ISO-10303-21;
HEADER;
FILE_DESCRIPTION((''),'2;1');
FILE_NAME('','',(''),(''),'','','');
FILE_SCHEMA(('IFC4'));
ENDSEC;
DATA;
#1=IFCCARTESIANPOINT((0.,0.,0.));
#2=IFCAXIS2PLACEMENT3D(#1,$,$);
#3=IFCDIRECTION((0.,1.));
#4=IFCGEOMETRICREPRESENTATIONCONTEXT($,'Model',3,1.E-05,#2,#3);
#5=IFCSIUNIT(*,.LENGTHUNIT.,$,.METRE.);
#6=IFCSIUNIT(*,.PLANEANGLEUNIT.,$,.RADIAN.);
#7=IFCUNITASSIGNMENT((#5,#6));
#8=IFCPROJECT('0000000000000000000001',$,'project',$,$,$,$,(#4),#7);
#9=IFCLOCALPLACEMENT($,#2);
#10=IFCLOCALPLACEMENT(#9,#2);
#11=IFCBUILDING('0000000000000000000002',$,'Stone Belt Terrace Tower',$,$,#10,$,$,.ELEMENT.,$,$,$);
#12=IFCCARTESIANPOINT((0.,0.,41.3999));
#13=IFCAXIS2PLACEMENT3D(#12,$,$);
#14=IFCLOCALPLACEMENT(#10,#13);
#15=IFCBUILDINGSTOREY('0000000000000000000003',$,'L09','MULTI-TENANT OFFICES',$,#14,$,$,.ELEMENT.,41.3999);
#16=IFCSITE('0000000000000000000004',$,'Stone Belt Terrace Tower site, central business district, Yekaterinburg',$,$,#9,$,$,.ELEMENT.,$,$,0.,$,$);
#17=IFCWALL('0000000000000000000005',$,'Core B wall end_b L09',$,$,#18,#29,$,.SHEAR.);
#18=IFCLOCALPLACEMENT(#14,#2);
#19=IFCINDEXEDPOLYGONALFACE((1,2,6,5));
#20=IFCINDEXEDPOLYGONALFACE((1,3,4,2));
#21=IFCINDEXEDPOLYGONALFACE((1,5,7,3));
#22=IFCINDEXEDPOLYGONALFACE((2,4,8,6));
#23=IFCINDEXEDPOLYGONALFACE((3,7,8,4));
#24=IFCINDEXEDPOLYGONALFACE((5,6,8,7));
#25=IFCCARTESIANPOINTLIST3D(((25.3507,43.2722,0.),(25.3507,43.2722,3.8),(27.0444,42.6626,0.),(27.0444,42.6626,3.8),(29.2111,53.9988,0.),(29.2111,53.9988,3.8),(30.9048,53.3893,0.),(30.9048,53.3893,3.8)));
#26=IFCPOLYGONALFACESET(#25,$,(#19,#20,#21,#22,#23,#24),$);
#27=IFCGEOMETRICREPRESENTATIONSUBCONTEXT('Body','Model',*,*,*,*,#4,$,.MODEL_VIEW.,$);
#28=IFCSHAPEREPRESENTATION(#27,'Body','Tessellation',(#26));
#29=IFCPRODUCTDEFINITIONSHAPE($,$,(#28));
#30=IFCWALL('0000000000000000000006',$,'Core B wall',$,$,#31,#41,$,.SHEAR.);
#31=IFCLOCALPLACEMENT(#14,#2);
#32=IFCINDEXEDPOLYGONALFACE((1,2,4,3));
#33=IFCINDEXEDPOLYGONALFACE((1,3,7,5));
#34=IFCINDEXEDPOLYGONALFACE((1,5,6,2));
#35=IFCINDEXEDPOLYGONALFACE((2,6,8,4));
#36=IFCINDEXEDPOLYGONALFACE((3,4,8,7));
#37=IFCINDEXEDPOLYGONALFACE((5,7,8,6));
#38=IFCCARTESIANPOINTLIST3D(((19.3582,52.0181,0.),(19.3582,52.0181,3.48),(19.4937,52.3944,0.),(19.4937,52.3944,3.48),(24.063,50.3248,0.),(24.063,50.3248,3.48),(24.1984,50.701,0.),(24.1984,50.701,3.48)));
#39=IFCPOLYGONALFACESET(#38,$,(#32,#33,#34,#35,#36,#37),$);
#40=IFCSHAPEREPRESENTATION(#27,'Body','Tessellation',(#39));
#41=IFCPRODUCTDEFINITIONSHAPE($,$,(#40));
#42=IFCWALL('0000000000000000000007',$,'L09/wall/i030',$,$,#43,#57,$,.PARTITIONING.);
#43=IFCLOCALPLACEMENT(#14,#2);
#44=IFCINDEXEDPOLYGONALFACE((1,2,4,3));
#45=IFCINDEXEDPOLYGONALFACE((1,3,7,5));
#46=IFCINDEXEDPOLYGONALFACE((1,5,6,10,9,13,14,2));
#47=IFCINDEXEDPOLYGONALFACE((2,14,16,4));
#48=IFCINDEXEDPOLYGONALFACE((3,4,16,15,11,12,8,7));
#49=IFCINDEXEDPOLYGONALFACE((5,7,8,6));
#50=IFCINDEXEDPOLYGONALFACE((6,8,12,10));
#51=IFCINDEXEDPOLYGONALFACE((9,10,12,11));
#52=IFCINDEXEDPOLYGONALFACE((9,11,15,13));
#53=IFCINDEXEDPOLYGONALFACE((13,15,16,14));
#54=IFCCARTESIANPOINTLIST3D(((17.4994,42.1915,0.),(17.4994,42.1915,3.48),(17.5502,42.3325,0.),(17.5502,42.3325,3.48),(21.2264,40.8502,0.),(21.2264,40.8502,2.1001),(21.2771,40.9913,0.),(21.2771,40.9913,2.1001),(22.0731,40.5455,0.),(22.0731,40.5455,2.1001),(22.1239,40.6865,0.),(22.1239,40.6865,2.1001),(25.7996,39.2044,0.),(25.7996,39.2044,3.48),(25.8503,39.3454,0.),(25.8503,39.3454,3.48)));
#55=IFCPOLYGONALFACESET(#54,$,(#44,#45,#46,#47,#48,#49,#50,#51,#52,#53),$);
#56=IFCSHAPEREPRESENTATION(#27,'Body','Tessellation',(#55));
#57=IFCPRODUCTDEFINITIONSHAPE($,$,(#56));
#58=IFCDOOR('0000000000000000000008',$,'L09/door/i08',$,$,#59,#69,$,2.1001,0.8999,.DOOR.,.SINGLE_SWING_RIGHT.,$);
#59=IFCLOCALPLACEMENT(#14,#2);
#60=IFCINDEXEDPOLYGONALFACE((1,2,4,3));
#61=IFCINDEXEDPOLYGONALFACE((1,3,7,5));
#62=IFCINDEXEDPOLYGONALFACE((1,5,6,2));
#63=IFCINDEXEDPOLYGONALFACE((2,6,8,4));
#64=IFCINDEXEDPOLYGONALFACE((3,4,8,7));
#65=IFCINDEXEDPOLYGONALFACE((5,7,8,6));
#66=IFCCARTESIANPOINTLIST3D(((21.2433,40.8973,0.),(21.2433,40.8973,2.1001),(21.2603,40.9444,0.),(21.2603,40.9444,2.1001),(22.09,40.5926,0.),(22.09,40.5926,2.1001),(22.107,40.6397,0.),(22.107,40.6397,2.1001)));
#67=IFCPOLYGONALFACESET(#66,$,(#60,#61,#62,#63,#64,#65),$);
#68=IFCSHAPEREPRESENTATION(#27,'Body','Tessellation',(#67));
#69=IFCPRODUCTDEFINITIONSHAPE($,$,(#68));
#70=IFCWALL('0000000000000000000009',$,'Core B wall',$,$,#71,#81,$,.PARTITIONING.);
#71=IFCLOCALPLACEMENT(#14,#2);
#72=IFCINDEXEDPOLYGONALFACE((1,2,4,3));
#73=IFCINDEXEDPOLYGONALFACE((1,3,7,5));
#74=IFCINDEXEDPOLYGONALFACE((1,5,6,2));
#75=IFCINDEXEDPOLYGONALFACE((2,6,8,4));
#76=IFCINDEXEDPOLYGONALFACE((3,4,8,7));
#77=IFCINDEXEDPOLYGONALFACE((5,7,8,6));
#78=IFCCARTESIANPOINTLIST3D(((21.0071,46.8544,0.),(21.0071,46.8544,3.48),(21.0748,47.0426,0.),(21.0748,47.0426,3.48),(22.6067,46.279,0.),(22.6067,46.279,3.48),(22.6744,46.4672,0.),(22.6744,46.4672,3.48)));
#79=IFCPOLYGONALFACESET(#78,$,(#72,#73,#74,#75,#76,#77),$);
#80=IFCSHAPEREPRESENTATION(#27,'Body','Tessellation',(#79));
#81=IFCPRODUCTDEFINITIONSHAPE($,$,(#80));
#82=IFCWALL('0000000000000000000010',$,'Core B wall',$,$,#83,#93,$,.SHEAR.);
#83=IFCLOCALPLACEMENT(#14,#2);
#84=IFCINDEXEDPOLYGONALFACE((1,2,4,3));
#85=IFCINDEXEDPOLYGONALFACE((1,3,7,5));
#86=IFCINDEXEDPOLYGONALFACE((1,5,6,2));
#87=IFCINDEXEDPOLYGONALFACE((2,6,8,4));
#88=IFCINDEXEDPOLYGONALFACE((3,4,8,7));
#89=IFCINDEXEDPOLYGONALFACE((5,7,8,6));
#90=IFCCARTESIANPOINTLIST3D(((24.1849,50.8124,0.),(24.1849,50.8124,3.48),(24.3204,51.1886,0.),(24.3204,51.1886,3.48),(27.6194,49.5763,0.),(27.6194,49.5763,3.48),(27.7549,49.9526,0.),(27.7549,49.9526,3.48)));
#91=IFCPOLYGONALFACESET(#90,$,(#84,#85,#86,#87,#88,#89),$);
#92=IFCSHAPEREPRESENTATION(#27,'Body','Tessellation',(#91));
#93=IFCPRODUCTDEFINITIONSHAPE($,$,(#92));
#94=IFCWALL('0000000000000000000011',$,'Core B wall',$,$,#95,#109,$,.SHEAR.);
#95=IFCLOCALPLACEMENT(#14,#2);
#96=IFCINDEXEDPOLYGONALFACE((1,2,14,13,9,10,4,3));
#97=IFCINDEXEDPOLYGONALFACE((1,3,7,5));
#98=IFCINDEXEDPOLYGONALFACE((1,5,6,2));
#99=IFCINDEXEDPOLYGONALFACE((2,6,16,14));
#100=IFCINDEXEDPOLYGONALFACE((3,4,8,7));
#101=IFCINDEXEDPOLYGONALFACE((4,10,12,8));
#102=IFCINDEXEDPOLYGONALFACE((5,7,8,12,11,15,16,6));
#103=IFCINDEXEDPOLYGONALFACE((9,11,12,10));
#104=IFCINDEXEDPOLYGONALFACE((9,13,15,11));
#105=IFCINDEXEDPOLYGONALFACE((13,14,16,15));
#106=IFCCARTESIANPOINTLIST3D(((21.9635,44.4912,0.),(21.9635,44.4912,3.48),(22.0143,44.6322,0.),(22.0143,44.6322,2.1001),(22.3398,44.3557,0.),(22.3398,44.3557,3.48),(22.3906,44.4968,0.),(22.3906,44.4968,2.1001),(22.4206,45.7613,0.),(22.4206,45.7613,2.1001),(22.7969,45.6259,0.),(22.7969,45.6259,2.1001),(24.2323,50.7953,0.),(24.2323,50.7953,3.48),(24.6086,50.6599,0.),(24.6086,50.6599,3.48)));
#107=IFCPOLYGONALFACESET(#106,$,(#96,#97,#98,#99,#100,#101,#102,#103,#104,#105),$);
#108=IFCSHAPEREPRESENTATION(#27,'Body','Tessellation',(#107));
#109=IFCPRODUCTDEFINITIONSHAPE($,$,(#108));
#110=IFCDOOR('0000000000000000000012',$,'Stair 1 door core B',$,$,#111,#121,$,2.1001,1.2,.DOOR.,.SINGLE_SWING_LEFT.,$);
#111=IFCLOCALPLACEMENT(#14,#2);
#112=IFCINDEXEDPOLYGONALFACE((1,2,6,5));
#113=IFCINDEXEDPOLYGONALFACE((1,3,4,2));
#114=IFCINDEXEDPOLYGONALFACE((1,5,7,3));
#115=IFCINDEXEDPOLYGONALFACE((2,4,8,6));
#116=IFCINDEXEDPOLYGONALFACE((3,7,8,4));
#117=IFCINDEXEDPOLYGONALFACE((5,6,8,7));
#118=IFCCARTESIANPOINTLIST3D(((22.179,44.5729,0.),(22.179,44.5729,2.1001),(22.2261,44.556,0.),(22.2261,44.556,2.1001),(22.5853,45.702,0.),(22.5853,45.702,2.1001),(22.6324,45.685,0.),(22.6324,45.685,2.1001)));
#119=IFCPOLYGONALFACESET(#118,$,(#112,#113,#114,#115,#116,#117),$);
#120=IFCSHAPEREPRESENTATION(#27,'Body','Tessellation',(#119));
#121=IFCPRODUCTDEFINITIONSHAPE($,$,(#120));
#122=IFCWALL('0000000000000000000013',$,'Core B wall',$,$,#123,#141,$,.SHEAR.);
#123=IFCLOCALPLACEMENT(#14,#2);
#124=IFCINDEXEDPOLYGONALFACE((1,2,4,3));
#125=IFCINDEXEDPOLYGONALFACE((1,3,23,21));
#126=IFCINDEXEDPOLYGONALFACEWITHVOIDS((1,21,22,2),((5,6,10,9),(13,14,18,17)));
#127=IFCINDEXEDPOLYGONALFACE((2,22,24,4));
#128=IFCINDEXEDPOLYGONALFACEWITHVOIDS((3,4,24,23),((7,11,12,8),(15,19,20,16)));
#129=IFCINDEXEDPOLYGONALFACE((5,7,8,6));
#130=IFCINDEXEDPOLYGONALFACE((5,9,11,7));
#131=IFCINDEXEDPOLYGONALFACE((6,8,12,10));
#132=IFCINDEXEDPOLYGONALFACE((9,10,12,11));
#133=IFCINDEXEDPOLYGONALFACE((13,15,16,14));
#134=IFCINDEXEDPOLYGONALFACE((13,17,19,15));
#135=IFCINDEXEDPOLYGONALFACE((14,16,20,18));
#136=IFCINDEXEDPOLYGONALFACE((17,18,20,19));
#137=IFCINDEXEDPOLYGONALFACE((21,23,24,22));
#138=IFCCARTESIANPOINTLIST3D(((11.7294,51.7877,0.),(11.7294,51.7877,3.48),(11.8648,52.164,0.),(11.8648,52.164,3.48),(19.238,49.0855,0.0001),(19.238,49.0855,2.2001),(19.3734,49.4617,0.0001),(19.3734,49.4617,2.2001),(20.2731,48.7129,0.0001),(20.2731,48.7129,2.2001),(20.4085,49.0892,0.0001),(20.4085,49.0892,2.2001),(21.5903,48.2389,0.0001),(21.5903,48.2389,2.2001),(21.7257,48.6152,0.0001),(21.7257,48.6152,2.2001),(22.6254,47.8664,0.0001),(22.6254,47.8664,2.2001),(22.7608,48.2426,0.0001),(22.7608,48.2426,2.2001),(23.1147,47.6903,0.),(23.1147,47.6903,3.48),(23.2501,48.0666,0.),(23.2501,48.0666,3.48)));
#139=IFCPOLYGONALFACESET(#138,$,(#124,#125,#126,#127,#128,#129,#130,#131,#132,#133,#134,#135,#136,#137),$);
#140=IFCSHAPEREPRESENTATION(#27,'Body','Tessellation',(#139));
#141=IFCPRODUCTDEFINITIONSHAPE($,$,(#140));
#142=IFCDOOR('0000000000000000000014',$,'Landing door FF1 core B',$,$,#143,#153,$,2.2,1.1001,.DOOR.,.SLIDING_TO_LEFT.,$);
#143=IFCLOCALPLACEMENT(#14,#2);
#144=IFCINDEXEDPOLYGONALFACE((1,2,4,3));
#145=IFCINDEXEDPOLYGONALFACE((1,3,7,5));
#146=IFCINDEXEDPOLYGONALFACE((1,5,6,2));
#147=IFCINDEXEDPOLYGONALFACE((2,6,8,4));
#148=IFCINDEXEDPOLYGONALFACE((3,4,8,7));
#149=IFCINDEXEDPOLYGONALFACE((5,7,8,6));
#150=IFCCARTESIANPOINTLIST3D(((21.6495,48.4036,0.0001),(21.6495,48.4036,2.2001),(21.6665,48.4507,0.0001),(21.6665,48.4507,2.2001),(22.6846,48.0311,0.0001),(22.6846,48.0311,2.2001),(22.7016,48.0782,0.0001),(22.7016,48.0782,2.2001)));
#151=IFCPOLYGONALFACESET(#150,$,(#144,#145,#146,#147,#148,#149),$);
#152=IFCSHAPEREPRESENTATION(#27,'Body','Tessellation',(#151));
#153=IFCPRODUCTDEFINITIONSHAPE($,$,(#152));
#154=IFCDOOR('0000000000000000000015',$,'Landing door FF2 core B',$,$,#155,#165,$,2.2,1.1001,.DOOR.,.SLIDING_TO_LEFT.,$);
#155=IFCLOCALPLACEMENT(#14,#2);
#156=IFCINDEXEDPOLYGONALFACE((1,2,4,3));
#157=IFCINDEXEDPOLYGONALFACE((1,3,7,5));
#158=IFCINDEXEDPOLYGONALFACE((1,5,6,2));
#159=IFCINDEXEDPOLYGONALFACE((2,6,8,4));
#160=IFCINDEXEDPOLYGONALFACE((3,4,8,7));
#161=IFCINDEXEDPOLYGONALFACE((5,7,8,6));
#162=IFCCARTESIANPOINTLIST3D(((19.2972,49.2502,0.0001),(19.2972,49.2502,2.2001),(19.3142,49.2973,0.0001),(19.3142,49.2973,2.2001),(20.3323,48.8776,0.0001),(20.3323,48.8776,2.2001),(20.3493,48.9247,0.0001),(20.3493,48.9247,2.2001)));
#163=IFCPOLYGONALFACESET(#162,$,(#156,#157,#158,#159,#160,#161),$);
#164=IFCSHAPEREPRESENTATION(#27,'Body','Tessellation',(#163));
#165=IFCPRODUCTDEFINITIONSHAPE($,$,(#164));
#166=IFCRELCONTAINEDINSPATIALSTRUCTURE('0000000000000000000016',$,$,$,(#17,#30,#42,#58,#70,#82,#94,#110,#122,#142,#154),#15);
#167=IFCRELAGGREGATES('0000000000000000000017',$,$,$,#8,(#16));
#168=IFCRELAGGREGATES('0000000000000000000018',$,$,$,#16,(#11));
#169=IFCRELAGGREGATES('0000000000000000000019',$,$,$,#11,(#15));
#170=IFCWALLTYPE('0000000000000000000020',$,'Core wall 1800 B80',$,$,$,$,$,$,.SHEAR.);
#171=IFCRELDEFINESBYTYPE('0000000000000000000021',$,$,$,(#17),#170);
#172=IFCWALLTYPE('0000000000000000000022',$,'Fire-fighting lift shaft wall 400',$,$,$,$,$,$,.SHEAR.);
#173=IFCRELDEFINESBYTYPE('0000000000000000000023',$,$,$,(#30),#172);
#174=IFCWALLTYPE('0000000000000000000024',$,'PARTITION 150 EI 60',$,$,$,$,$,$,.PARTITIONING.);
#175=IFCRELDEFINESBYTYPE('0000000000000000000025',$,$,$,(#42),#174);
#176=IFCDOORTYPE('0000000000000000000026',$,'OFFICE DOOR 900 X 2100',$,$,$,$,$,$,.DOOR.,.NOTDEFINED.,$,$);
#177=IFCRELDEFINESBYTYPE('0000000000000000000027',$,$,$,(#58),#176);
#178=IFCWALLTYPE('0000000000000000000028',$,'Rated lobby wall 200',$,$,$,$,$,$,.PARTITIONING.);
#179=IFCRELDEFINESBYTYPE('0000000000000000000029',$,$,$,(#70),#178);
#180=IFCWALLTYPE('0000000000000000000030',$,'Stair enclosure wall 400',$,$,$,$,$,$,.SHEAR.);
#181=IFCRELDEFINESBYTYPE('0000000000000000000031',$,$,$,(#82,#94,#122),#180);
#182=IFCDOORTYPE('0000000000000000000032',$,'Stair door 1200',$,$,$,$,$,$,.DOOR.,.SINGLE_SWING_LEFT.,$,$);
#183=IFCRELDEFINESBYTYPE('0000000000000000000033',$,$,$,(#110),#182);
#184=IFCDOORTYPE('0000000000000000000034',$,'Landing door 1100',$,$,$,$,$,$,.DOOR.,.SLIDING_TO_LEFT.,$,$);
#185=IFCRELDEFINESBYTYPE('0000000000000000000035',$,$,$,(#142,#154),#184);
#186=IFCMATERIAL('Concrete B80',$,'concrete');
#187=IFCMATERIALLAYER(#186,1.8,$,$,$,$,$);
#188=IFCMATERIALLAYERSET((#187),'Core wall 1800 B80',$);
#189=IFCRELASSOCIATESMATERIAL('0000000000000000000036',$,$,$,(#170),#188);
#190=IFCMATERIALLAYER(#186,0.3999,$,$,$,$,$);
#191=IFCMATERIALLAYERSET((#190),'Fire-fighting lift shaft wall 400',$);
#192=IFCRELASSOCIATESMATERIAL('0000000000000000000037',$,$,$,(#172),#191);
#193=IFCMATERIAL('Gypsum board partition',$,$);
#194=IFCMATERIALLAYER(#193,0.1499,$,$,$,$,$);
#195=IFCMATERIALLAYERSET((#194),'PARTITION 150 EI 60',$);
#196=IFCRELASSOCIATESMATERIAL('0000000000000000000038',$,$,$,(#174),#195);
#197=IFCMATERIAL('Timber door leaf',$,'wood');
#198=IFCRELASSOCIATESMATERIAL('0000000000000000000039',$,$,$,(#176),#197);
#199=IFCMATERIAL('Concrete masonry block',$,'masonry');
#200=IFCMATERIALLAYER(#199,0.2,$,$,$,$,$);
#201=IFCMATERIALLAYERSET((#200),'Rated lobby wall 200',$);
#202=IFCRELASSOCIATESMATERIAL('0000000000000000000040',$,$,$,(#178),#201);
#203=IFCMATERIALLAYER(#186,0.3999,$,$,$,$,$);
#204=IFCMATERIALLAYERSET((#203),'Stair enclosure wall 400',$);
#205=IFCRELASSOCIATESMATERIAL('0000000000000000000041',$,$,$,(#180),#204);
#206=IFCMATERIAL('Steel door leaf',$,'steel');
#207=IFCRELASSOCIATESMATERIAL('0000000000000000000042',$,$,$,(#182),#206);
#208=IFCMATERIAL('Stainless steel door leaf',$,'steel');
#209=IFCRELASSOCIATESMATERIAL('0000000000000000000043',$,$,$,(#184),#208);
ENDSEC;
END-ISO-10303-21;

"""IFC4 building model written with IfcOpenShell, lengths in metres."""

from ifc_helpers import new_model, si_unit, direction, frame, frame_2d, origin, place, context, subcontext, project, spatial, rectangle, extrude, material, layer, layer_set, type_object, element, fill, save


model = new_model("IFC4")

# Units and contexts
model_context = context("Model", 3, precision=1e-05, world=origin(), true_north=direction((0.0, 1.0)))
body_context = subcontext(model_context, "Body", "Model", "MODEL_VIEW")
ifc_project = project(units=[si_unit("LENGTHUNIT", "METRE"), si_unit("PLANEANGLEUNIT", "RADIAN")], contexts=[model_context])

# Site, building, storey
site_placement = place(None, origin())
site = spatial("IfcSite", under=ifc_project, at=site_placement, Name="Stone Belt Terrace Tower site, central business district, Yekaterinburg", CompositionType="ELEMENT", RefElevation=0.0)
building_placement = place(site_placement, origin())
building = spatial("IfcBuilding", under=site, at=building_placement, Name="Stone Belt Terrace Tower", CompositionType="ELEMENT")
storey_placement = place(building_placement, frame((0.0, 0.0, 41.3999)))
storey = spatial("IfcBuildingStorey", under=building, at=storey_placement, Name="L09", Description="MULTI-TENANT OFFICES", CompositionType="ELEMENT", Elevation=41.3999)

# Walls
ifc_material_1 = material(Name="Concrete B80", Category="concrete")
ifc_layer_1 = layer(ifc_material_1, 1.8)
ifc_layer_set_1 = layer_set([ifc_layer_1], Name="Core wall 1800 B80")
wall_type_1 = type_object("IfcWallType", Name="Core wall 1800 B80", PredefinedType="SHEAR", material=ifc_layer_set_1)
wall_1_placement = place(storey_placement, frame((26.1975, 42.9673, 0.0), z_axis=(0.0, 0.0, 1.0), x_axis=(0.338625, 0.940921, 0.0)))
element("IfcWall", 1, at=wall_1_placement, inside=storey, type_object=wall_type_1, Name="Core B wall end_b L09", PredefinedType="SHEAR", context=body_context, shape_type="SweptSolid", body=[
    extrude(rectangle(XDim=11.4001, YDim=1.8, at=frame_2d((5.7002, 0.0))), origin(), (0.0, 0.0, 1.0), 3.8),
])
ifc_layer_2 = layer(ifc_material_1, 0.3999)
ifc_layer_set_2 = layer_set([ifc_layer_2], Name="Fire-fighting lift shaft wall 400")
wall_type_2 = type_object("IfcWallType", Name="Fire-fighting lift shaft wall 400", PredefinedType="SHEAR", material=ifc_layer_set_2)
wall_2_placement = place(storey_placement, frame((24.1306, 50.5129, 0.0), z_axis=(0.0, 0.0, 1.0), x_axis=(-0.940912, 0.338652, 0.0)))
element("IfcWall", 2, at=wall_2_placement, inside=storey, type_object=wall_type_2, Name="Core B wall", PredefinedType="SHEAR", context=body_context, shape_type="SweptSolid", body=[
    extrude(rectangle(XDim=5.0002, YDim=0.3999, at=frame_2d((2.5, 0.0))), origin(), (0.0, 0.0, 1.0), 3.48),
])

# Wall, opening, door
ifc_material_2 = material(Name="Gypsum board partition")
ifc_layer_3 = layer(ifc_material_2, 0.1499)
ifc_layer_set_3 = layer_set([ifc_layer_3], Name="PARTITION 150 EI 60")
wall_type_3 = type_object("IfcWallType", Name="PARTITION 150 EI 60", PredefinedType="PARTITIONING", material=ifc_layer_set_3)
wall_3_placement = place(storey_placement, frame((25.825, 39.2749, 0.0), z_axis=(0.0, 0.0, 1.0), x_axis=(-0.940922, 0.338623, 0.0)))
wall_3 = element("IfcWall", 3, at=wall_3_placement, inside=storey, type_object=wall_type_3, Name="L09/wall/i030", PredefinedType="PARTITIONING", context=body_context, shape_type="SweptSolid", body=[
    extrude(rectangle(XDim=8.8213, YDim=0.1499, at=frame_2d((4.4106, 0.0))), origin(), (0.0, 0.0, 1.0), 3.48),
])
opening_1_placement = place(wall_3_placement, frame((3.9604, 0.0, 0.0)))
opening_1 = element("IfcOpeningElement", 4, at=opening_1_placement, cuts=wall_3, PredefinedType="OPENING", context=body_context, shape_type="SweptSolid", body=[
    extrude(rectangle(XDim=0.8999, YDim=2.1001, at=frame_2d((0.45, 1.05))), frame((0.0, 0.085, 0.0), z_axis=(0.0, -1.0, 0.0), x_axis=(1.0, 0.0, 0.0)), (0.0, 0.0, 1.0), 0.1699),
])
ifc_material_3 = material(Name="Timber door leaf", Category="wood")
door_type_1 = type_object("IfcDoorType", Name="OFFICE DOOR 900 X 2100", OperationType="NOTDEFINED", PredefinedType="DOOR", material=ifc_material_3)
door_1_placement = place(opening_1_placement, origin())
door_1 = element("IfcDoor", 5, at=door_1_placement, inside=storey, type_object=door_type_1, Name="L09/door/i08", OperationType="SINGLE_SWING_RIGHT", OverallHeight=2.1001, OverallWidth=0.8999, PredefinedType="DOOR", context=body_context, shape_type="SweptSolid", body=[
    extrude(rectangle(XDim=0.8999, YDim=2.1001, at=frame_2d((0.45, 1.05))), frame((0.0, 0.0249, 0.0), z_axis=(0.0, -1.0, 0.0), x_axis=(1.0, 0.0, 0.0)), (0.0, 0.0, 1.0), 0.05),
])
fill(opening_1, door_1)

# Walls
ifc_material_4 = material(Name="Concrete masonry block", Category="masonry")
ifc_layer_4 = layer(ifc_material_4, 0.2)
ifc_layer_set_4 = layer_set([ifc_layer_4], Name="Rated lobby wall 200")
wall_type_4 = type_object("IfcWallType", Name="Rated lobby wall 200", PredefinedType="PARTITIONING", material=ifc_layer_set_4)
wall_4_placement = place(storey_placement, frame((22.6406, 46.373, 0.0), z_axis=(0.0, 0.0, 1.0), x_axis=(-0.940966, 0.338501, 0.0)))
element("IfcWall", 6, at=wall_4_placement, inside=storey, type_object=wall_type_4, Name="Core B wall", PredefinedType="PARTITIONING", context=body_context, shape_type="SweptSolid", body=[
    extrude(rectangle(XDim=1.7, YDim=0.2, at=frame_2d((0.8501, 0.0))), origin(), (0.0, 0.0, 1.0), 3.48),
])
ifc_layer_5 = layer(ifc_material_1, 0.3999)
ifc_layer_set_5 = layer_set([ifc_layer_5], Name="Stair enclosure wall 400")
wall_type_5 = type_object("IfcWallType", Name="Stair enclosure wall 400", PredefinedType="SHEAR", material=ifc_layer_set_5)
wall_5_placement = place(storey_placement, frame((27.6873, 49.7644, 0.0), z_axis=(0.0, 0.0, 1.0), x_axis=(-0.940919, 0.338632, 0.0)))
element("IfcWall", 7, at=wall_5_placement, inside=storey, type_object=wall_type_5, Name="Core B wall", PredefinedType="SHEAR", context=body_context, shape_type="SweptSolid", body=[
    extrude(rectangle(XDim=3.6501, YDim=0.3999, at=frame_2d((1.8252, 0.0))), origin(), (0.0, 0.0, 1.0), 3.48),
])

# Wall, opening, door
wall_6_placement = place(storey_placement, frame((22.1516, 44.4233, 0.0), z_axis=(0.0, 0.0, 1.0), x_axis=(0.338625, 0.940921, 0.0)))
wall_6 = element("IfcWall", 8, at=wall_6_placement, inside=storey, type_object=wall_type_5, Name="Core B wall", PredefinedType="SHEAR", context=body_context, shape_type="SweptSolid", body=[
    extrude(rectangle(XDim=6.7, YDim=0.3999, at=frame_2d((3.3501, 0.0))), origin(), (0.0, 0.0, 1.0), 3.48),
])
opening_2_placement = place(wall_6_placement, frame((0.1499, 0.0, 0.0)))
opening_2 = element("IfcOpeningElement", 9, at=opening_2_placement, cuts=wall_6, PredefinedType="OPENING", context=body_context, shape_type="SweptSolid", body=[
    extrude(rectangle(XDim=1.2, YDim=2.1001, at=frame_2d((0.6001, 1.05))), frame((0.0, 0.21, 0.0), z_axis=(0.0, -1.0, 0.0), x_axis=(1.0, 0.0, 0.0)), (0.0, 0.0, 1.0), 0.4199),
])
ifc_material_5 = material(Name="Steel door leaf", Category="steel")
door_type_2 = type_object("IfcDoorType", Name="Stair door 1200", OperationType="SINGLE_SWING_LEFT", PredefinedType="DOOR", material=ifc_material_5)
door_2_placement = place(opening_2_placement, origin())
door_2 = element("IfcDoor", 10, at=door_2_placement, inside=storey, type_object=door_type_2, Name="Stair 1 door core B", OperationType="SINGLE_SWING_LEFT", OverallHeight=2.1001, OverallWidth=1.2, PredefinedType="DOOR", context=body_context, shape_type="SweptSolid", body=[
    extrude(rectangle(XDim=1.2, YDim=2.1001, at=frame_2d((0.6001, 1.05))), frame((0.0, 0.0249, 0.0), z_axis=(0.0, -1.0, 0.0), x_axis=(1.0, 0.0, 0.0)), (0.0, 0.0, 1.0), 0.05),
])
fill(opening_2, door_2)

# Wall, openings, doors
wall_7_placement = place(storey_placement, frame((23.1824, 47.8784, 0.0), z_axis=(0.0, 0.0, 1.0), x_axis=(-0.940921, 0.338626, 0.0)))
wall_7 = element("IfcWall", 11, at=wall_7_placement, inside=storey, type_object=wall_type_5, Name="Core B wall", PredefinedType="SHEAR", context=body_context, shape_type="SweptSolid", body=[
    extrude(rectangle(XDim=12.1001, YDim=0.3999, at=frame_2d((6.05, 0.0))), origin(), (0.0, 0.0, 1.0), 3.48),
])
opening_3_placement = place(wall_7_placement, frame((0.52, 0.0, 0.0)))
opening_3 = element("IfcOpeningElement", 12, at=opening_3_placement, cuts=wall_7, PredefinedType="OPENING", context=body_context, shape_type="SweptSolid", body=[
    extrude(rectangle(XDim=1.1001, YDim=2.2, at=frame_2d((0.55, 1.1001))), frame((0.0, 0.21, 0.0), z_axis=(0.0, -1.0, 0.0), x_axis=(1.0, 0.0, 0.0)), (0.0, 0.0, 1.0), 0.4199),
])
opening_4_placement = place(wall_7_placement, frame((3.02, 0.0, 0.0)))
opening_4 = element("IfcOpeningElement", 13, at=opening_4_placement, cuts=wall_7, PredefinedType="OPENING", context=body_context, shape_type="SweptSolid", body=[
    extrude(rectangle(XDim=1.1001, YDim=2.2, at=frame_2d((0.55, 1.1001))), frame((0.0, 0.21, 0.0), z_axis=(0.0, -1.0, 0.0), x_axis=(1.0, 0.0, 0.0)), (0.0, 0.0, 1.0), 0.4199),
])
ifc_material_6 = material(Name="Stainless steel door leaf", Category="steel")
door_type_3 = type_object("IfcDoorType", Name="Landing door 1100", OperationType="SLIDING_TO_LEFT", PredefinedType="DOOR", material=ifc_material_6)
door_3_placement = place(opening_3_placement, origin())
door_3 = element("IfcDoor", 14, at=door_3_placement, inside=storey, type_object=door_type_3, Name="Landing door FF1 core B", OperationType="SLIDING_TO_LEFT", OverallHeight=2.2, OverallWidth=1.1001, PredefinedType="DOOR", context=body_context, shape_type="SweptSolid", body=[
    extrude(rectangle(XDim=1.1001, YDim=2.2, at=frame_2d((0.55, 1.1001))), frame((0.0, 0.0249, 0.0), z_axis=(0.0, -1.0, 0.0), x_axis=(1.0, 0.0, 0.0)), (0.0, 0.0, 1.0), 0.05),
])
fill(opening_3, door_3)
door_4_placement = place(opening_4_placement, origin())
door_4 = element("IfcDoor", 15, at=door_4_placement, inside=storey, type_object=door_type_3, Name="Landing door FF2 core B", OperationType="SLIDING_TO_LEFT", OverallHeight=2.2, OverallWidth=1.1001, PredefinedType="DOOR", context=body_context, shape_type="SweptSolid", body=[
    extrude(rectangle(XDim=1.1001, YDim=2.2, at=frame_2d((0.55, 1.1001))), frame((0.0, 0.0249, 0.0), z_axis=(0.0, -1.0, 0.0), x_axis=(1.0, 0.0, 0.0)), (0.0, 0.0, 1.0), 0.05),
])
fill(opening_4, door_4)

save(model, "model.ifc")
